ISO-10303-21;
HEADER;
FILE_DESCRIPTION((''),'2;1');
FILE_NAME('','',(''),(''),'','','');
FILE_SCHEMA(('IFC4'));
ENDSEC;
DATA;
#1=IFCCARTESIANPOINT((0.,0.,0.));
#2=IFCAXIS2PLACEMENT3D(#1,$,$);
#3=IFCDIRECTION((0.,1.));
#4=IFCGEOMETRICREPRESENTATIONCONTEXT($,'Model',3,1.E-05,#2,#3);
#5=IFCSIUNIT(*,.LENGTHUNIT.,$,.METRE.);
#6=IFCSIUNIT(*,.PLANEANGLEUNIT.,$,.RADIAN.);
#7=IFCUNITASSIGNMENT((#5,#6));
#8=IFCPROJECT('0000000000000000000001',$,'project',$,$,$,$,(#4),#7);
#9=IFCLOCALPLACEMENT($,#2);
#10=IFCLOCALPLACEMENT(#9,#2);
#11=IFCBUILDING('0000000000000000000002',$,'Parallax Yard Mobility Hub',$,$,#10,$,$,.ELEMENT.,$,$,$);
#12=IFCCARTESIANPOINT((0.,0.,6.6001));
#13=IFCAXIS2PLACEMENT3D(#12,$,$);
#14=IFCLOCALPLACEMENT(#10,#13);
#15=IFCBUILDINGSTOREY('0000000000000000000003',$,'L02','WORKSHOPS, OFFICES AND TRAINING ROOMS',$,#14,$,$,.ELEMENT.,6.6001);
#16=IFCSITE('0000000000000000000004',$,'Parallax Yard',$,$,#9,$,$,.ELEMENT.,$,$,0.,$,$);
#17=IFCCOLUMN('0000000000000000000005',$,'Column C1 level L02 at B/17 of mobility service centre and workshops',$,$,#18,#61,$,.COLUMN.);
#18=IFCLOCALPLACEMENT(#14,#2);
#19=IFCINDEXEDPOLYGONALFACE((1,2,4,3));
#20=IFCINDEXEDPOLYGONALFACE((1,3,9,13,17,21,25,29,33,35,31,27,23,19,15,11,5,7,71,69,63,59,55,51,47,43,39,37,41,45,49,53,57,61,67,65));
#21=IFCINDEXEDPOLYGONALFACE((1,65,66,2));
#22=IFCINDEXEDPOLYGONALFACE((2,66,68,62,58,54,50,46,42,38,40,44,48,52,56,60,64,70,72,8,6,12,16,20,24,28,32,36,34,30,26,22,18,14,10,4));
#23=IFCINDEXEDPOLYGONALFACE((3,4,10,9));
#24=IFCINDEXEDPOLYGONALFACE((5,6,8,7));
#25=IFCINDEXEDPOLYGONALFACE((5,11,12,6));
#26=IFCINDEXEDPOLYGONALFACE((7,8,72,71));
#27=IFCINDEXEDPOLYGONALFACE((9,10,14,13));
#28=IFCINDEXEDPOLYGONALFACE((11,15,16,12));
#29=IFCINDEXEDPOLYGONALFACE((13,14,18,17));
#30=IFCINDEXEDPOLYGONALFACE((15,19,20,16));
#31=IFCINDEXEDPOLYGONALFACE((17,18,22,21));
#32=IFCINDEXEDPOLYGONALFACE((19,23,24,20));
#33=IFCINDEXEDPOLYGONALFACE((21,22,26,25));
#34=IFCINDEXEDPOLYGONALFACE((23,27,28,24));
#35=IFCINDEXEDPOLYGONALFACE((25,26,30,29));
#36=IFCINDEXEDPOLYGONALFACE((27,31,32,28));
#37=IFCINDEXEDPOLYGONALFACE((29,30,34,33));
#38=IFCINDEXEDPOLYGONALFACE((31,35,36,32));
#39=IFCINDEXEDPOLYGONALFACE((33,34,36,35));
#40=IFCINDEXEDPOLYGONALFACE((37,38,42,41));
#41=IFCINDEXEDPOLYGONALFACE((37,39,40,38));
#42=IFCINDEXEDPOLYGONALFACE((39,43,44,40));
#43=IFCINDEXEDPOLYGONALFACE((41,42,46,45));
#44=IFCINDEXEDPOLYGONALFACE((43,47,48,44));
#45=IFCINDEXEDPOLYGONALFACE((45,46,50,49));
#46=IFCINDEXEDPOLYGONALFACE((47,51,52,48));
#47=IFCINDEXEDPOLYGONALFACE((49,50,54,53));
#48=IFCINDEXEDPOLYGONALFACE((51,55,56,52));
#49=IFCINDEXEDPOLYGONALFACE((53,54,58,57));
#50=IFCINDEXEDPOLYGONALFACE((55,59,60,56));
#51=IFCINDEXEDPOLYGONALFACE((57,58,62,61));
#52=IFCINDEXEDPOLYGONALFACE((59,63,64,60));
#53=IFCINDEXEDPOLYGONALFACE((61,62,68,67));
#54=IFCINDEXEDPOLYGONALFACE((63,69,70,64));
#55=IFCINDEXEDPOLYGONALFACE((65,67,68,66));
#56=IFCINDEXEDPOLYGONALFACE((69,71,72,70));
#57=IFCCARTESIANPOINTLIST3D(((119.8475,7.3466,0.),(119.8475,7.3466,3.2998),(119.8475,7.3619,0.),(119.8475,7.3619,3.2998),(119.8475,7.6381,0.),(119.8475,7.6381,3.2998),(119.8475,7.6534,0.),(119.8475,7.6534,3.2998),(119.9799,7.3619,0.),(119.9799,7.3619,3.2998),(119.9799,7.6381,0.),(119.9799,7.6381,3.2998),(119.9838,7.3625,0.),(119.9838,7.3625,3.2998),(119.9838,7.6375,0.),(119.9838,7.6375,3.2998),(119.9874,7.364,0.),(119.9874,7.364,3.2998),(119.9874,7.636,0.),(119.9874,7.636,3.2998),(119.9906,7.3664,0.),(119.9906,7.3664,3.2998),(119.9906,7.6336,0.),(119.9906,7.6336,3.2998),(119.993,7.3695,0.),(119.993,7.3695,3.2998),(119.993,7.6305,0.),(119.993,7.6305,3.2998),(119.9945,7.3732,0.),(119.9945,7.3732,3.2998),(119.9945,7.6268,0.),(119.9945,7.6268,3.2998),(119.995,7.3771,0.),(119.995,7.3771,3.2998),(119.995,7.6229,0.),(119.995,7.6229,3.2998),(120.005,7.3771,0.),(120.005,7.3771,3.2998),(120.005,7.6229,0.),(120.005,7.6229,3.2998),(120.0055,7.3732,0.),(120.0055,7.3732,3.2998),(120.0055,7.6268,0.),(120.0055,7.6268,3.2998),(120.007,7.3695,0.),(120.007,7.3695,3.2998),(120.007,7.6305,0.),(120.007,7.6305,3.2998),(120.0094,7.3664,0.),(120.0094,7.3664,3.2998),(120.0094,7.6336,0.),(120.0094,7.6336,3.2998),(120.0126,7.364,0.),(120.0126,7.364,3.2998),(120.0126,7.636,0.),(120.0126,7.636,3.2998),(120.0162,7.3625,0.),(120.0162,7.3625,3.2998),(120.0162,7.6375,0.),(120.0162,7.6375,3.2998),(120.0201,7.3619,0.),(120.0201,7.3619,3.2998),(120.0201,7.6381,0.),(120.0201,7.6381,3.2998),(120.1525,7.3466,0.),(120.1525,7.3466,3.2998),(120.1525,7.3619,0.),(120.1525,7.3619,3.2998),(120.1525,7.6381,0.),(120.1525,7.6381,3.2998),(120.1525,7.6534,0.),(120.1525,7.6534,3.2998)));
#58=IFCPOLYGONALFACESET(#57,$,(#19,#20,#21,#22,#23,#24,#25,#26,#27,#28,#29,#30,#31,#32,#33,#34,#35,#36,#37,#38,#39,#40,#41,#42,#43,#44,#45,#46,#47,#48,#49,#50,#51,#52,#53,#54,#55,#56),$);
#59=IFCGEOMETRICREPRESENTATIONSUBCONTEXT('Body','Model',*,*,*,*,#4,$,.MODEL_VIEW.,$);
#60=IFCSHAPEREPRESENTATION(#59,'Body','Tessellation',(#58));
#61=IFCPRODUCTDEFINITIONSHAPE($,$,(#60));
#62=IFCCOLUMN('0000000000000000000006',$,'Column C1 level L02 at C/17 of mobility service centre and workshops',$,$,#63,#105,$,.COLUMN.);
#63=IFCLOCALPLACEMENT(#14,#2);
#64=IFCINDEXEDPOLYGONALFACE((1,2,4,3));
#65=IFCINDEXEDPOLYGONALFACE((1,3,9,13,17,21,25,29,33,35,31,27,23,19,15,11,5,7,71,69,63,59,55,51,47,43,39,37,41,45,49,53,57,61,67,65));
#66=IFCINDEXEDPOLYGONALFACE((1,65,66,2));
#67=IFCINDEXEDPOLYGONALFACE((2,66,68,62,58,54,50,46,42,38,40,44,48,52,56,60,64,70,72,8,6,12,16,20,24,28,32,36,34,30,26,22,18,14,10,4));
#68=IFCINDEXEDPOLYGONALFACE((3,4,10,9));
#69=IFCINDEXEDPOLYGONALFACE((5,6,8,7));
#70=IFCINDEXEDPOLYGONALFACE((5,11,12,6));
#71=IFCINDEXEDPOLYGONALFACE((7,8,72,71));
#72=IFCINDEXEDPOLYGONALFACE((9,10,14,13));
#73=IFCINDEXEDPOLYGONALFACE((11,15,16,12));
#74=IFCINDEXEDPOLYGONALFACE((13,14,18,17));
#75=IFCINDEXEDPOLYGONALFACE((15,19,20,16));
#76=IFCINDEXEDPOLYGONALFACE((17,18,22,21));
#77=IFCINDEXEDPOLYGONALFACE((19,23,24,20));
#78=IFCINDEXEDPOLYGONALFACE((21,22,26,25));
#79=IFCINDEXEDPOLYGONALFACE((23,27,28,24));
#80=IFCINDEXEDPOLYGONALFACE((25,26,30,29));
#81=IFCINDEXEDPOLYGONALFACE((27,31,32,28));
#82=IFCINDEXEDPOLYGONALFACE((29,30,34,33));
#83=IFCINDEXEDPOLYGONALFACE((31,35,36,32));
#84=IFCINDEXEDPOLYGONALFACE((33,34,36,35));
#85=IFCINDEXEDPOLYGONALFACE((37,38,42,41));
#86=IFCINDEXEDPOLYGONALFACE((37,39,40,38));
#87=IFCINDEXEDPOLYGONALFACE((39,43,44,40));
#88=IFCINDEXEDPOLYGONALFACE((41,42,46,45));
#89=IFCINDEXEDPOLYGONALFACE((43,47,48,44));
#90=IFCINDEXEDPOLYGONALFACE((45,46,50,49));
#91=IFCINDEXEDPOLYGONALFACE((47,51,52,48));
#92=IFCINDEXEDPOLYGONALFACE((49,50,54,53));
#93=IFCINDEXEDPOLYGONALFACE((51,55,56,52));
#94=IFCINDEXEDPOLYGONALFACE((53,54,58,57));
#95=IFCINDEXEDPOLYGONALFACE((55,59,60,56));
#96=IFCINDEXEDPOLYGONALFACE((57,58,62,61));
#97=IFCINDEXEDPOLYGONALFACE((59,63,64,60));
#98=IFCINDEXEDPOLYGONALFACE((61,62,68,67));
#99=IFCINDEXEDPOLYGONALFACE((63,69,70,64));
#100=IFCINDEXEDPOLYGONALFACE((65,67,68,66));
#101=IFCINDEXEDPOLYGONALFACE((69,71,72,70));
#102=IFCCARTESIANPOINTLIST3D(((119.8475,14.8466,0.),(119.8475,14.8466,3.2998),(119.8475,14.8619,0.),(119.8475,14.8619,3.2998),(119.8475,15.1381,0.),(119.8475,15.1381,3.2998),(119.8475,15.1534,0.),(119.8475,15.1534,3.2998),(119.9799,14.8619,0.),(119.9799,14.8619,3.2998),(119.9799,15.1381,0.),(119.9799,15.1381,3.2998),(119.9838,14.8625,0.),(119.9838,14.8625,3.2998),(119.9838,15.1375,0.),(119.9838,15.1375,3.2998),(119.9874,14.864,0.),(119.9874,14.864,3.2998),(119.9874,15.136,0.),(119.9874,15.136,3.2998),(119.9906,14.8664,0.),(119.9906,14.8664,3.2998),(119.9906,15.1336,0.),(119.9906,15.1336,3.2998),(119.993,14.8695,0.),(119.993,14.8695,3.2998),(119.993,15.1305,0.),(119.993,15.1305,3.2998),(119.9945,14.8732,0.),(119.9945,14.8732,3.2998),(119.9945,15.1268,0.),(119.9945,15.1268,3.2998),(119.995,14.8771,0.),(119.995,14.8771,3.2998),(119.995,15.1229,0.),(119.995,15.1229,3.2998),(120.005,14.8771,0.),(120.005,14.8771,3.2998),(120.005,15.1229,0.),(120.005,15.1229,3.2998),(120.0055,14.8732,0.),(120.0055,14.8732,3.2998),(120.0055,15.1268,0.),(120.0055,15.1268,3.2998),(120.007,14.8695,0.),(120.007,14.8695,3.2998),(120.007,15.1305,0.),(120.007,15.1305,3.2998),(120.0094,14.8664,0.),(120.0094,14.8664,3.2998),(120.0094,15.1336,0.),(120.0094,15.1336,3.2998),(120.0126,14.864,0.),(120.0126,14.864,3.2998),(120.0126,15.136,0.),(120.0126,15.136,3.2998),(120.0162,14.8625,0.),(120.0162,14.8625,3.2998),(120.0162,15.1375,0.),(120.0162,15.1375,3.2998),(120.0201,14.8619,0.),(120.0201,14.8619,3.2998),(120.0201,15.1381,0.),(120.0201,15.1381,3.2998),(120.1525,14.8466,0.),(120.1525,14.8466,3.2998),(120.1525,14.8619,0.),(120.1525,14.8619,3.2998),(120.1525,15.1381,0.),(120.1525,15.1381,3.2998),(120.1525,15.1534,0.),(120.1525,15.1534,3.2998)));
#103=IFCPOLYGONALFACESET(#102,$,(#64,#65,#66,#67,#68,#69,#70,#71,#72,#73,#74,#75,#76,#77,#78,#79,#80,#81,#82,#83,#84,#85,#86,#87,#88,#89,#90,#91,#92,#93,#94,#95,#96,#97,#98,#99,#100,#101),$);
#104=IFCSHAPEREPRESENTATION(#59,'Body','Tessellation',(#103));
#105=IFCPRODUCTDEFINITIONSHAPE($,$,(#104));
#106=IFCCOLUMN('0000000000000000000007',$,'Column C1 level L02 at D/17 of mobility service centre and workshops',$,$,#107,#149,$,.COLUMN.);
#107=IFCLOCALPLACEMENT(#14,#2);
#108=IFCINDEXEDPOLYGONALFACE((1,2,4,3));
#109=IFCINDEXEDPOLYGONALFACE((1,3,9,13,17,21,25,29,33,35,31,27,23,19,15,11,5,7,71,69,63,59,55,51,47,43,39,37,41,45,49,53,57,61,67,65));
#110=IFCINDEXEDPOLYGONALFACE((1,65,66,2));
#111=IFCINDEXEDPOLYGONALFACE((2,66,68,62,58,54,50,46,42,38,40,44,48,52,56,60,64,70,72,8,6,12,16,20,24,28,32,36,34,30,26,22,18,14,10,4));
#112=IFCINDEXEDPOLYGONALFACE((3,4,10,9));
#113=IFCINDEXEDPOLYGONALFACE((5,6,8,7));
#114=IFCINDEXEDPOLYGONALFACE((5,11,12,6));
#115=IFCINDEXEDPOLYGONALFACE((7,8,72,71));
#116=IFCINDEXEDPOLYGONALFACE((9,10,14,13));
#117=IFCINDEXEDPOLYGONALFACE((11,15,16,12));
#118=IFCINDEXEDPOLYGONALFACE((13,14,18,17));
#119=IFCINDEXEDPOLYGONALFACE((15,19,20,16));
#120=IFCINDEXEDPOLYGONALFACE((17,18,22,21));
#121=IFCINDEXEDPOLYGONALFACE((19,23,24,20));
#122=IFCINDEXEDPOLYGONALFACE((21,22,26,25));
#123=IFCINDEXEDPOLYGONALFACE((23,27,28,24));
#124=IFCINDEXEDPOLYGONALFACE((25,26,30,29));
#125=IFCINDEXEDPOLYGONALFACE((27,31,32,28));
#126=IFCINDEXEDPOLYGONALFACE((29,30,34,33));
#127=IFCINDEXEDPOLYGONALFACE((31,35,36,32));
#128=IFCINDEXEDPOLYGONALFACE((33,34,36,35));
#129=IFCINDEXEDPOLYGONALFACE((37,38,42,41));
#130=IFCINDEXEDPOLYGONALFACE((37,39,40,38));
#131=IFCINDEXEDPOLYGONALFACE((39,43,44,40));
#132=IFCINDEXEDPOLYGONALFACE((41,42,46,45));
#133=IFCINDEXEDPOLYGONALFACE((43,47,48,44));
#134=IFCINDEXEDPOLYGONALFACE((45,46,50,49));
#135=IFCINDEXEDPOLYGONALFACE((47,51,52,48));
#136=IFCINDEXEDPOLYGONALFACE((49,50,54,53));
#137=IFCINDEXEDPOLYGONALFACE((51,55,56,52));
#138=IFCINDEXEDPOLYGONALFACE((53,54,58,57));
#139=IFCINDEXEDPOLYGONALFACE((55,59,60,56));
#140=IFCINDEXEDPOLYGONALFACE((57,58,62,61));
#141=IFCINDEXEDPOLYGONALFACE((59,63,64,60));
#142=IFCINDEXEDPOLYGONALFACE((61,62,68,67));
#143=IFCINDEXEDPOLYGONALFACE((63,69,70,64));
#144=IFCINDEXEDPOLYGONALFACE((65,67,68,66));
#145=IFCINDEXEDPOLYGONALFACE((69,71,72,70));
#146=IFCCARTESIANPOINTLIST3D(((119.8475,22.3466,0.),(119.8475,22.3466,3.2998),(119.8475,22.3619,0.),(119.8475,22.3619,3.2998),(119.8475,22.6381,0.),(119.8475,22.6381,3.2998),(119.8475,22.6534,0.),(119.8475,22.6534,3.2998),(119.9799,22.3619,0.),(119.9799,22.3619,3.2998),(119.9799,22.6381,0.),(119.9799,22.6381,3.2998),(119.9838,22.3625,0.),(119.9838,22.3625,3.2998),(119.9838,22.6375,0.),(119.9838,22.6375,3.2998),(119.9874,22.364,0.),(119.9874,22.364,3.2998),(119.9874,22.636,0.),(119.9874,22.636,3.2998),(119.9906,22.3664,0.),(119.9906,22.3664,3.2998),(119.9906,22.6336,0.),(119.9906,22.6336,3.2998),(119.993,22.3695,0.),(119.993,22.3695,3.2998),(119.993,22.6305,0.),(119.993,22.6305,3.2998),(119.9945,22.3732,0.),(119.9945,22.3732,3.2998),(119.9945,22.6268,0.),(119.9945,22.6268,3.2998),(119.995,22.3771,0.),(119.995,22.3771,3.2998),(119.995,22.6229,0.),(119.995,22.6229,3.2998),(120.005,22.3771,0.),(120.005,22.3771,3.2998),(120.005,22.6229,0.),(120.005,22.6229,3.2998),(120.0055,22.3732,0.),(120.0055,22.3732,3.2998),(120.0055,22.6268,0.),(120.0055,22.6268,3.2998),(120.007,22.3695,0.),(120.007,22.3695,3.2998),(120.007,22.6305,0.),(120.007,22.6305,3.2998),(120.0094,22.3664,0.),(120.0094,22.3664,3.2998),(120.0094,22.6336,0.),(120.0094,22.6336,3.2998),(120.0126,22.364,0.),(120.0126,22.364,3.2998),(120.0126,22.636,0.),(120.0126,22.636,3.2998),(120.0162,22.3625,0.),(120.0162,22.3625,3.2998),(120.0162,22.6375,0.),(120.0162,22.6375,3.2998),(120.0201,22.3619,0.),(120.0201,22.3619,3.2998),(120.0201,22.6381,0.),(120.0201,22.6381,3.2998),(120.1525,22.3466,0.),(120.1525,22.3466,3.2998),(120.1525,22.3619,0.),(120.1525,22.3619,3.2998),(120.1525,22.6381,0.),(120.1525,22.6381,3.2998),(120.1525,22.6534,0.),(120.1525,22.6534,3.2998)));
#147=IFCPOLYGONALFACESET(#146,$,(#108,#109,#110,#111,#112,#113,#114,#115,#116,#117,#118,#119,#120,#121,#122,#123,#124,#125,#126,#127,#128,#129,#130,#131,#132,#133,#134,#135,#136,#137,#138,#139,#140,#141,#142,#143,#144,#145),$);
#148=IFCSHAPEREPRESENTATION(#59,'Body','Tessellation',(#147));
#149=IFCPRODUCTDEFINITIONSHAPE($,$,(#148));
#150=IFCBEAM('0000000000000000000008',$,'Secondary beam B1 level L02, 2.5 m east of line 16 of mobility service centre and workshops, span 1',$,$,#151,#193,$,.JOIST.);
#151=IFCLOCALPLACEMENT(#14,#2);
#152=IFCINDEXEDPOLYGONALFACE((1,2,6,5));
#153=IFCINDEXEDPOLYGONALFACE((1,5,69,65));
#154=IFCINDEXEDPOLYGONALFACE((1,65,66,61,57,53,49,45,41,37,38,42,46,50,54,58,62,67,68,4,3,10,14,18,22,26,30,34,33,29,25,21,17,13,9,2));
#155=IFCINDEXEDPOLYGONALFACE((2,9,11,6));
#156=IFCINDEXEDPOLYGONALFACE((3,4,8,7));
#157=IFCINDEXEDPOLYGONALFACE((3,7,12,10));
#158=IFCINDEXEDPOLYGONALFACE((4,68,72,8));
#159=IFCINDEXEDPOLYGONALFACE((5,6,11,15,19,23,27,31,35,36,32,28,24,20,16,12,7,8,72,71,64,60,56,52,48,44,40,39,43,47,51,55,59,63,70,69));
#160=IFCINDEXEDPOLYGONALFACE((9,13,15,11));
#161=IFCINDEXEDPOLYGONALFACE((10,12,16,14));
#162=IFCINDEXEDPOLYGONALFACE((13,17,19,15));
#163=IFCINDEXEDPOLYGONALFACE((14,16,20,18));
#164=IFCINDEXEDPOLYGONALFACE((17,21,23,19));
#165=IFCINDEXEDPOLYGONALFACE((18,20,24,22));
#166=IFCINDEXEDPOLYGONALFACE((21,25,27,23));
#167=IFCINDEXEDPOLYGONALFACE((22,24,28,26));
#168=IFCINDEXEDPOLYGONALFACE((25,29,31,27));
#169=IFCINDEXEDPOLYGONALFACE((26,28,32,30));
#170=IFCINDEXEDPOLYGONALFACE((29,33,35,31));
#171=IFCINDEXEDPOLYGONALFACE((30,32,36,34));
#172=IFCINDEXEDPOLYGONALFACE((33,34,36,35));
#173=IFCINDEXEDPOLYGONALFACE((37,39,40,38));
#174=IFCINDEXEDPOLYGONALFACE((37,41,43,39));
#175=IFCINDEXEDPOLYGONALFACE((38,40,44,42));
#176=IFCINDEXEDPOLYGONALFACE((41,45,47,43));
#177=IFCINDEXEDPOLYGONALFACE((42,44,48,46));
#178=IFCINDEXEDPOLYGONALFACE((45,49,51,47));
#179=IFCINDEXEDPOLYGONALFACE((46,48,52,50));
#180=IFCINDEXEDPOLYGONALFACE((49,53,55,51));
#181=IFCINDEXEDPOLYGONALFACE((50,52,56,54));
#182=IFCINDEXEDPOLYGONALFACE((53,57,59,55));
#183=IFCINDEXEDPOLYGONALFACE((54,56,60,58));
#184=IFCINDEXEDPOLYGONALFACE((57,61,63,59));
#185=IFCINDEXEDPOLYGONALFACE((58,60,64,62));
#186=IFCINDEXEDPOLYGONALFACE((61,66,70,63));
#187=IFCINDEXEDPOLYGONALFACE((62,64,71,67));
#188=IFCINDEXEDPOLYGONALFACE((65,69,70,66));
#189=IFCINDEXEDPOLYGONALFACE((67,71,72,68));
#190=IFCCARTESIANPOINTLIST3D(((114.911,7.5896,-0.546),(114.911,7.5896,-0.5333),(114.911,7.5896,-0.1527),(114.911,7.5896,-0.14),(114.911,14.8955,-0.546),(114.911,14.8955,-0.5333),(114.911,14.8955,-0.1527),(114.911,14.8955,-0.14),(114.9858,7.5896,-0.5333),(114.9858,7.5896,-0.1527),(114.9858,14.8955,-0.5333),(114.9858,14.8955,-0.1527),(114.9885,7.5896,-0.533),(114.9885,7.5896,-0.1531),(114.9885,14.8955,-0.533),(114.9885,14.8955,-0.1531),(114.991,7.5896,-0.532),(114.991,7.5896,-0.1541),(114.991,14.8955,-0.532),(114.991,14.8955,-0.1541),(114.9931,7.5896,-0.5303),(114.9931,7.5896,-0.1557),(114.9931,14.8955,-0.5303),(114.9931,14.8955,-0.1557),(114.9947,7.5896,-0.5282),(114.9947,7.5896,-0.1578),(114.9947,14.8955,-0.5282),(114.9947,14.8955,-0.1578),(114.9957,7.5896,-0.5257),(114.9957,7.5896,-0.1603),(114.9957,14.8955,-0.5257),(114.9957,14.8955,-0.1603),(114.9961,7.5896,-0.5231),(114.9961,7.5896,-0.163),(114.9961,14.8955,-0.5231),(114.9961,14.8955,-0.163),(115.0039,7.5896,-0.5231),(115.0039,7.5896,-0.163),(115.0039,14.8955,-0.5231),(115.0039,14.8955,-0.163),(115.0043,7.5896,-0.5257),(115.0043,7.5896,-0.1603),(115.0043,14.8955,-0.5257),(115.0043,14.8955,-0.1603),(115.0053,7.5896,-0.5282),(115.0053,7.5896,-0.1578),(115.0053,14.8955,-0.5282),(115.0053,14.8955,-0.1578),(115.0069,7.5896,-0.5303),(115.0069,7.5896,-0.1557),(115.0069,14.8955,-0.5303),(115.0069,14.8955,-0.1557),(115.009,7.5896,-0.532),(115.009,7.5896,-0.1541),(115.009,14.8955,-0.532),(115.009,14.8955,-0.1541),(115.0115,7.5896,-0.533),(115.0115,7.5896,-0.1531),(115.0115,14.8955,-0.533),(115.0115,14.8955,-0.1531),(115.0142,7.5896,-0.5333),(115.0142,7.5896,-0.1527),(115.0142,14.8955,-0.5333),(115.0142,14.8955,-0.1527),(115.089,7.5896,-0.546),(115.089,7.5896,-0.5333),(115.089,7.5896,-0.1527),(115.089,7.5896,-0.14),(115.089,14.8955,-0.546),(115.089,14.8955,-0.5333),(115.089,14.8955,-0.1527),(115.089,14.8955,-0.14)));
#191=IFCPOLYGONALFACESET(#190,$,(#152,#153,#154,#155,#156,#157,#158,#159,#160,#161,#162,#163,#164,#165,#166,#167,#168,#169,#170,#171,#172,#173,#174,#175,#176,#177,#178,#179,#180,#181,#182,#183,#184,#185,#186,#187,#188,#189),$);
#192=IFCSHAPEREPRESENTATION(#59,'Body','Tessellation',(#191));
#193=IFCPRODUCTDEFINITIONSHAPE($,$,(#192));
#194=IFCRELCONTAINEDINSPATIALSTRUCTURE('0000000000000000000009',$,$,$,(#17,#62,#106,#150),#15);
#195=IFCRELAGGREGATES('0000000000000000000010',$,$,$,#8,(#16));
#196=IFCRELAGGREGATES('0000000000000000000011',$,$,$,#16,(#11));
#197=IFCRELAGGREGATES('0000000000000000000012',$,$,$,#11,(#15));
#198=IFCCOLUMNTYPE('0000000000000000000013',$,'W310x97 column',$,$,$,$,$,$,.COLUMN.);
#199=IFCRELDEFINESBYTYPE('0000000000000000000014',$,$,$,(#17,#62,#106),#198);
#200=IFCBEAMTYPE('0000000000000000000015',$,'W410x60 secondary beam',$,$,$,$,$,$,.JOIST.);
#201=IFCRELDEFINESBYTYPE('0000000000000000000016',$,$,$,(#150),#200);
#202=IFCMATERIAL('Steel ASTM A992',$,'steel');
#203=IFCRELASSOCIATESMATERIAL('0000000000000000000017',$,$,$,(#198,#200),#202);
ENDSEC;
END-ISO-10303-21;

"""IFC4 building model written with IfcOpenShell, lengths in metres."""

from ifc_helpers import new_model, si_unit, direction, frame, origin, origin_2d, place, context, subcontext, project, spatial, i_section, extrude, material, material_profile, profile_set, type_object, element, save


model = new_model("IFC4")

# Units and contexts
model_context = context("Model", 3, precision=1e-05, world=origin(), true_north=direction((0.0, 1.0)))
body_context = subcontext(model_context, "Body", "Model", "MODEL_VIEW")
ifc_project = project(units=[si_unit("LENGTHUNIT", "METRE"), si_unit("PLANEANGLEUNIT", "RADIAN")], contexts=[model_context])

# Site, building, storey
site_placement = place(None, origin())
site = spatial("IfcSite", under=ifc_project, at=site_placement, Name="Parallax Yard", CompositionType="ELEMENT", RefElevation=0.0)
building_placement = place(site_placement, origin())
building = spatial("IfcBuilding", under=site, at=building_placement, Name="Parallax Yard Mobility Hub", CompositionType="ELEMENT")
storey_placement = place(building_placement, frame((0.0, 0.0, 6.6001)))
storey = spatial("IfcBuildingStorey", under=building, at=storey_placement, Name="L02", Description="WORKSHOPS, OFFICES AND TRAINING ROOMS", CompositionType="ELEMENT", Elevation=6.6001)

# Columns
ifc_material_1 = material(Name="Steel ASTM A992", Category="steel")
ifc_material_profile_1 = material_profile(ifc_material_1, i_section(OverallWidth=0.3049, OverallDepth=0.3069, WebThickness=0.01, FlangeThickness=0.0154, FilletRadius=0.0151, at=origin_2d()), Name="W310x97")
ifc_profile_set_1 = profile_set([ifc_material_profile_1], Name="Steel ASTM A992")
column_type = type_object("IfcColumnType", Name="W310x97 column", PredefinedType="COLUMN", material=ifc_profile_set_1)
for number, where, z_axis, x_axis, name in (
    (1, (120.0, 7.5, 0.0), (0.0, 0.0, 1.0), (1.0, 0.0, 0.0), "Column C1 level L02 at B/17 of mobility service centre and workshops"),
    (2, (120.0, 15.0, 0.0), (0.0, 0.0, 1.0), (1.0, 0.0, 0.0), "Column C1 level L02 at C/17 of mobility service centre and workshops"),
    (3, (120.0, 22.5, 0.0), (0.0, 0.0, 1.0), (1.0, 0.0, 0.0), "Column C1 level L02 at D/17 of mobility service centre and workshops"),
):
    element("IfcColumn", number, at=place(storey_placement, frame(where, z_axis=z_axis, x_axis=x_axis)), inside=storey, type_object=column_type, Name=name, PredefinedType="COLUMN", context=body_context, shape_type="SweptSolid", body=[
        extrude(i_section(OverallWidth=0.3049, OverallDepth=0.3069, WebThickness=0.01, FlangeThickness=0.0154, FilletRadius=0.0151, at=origin_2d()), origin(), (0.0, 0.0, 1.0), 3.2998),
    ])

# Beam
ifc_material_profile_2 = material_profile(ifc_material_1, i_section(OverallWidth=0.178, OverallDepth=0.406, WebThickness=0.0078, FlangeThickness=0.0127, FilletRadius=0.0103, at=origin_2d()), Name="W410x60")
ifc_profile_set_2 = profile_set([ifc_material_profile_2], Name="Steel ASTM A992")
beam_type_1 = type_object("IfcBeamType", Name="W410x60 secondary beam", PredefinedType="JOIST", material=ifc_profile_set_2)
beam_1_placement = place(storey_placement, frame((115.0, 7.5896, -0.343), z_axis=(0.0, 1.0, 0.0), x_axis=(-1.0, 0.0, 0.0)))
element("IfcBeam", 4, at=beam_1_placement, inside=storey, type_object=beam_type_1, Name="Secondary beam B1 level L02, 2.5 m east of line 16 of mobility service centre and workshops, span 1", PredefinedType="JOIST", context=body_context, shape_type="SweptSolid", body=[
    extrude(i_section(OverallWidth=0.178, OverallDepth=0.406, WebThickness=0.0078, FlangeThickness=0.0127, FilletRadius=0.0103, at=origin_2d()), origin(), (0.0, 0.0, 1.0), 7.3059),
])

save(model, "model.ifc")
